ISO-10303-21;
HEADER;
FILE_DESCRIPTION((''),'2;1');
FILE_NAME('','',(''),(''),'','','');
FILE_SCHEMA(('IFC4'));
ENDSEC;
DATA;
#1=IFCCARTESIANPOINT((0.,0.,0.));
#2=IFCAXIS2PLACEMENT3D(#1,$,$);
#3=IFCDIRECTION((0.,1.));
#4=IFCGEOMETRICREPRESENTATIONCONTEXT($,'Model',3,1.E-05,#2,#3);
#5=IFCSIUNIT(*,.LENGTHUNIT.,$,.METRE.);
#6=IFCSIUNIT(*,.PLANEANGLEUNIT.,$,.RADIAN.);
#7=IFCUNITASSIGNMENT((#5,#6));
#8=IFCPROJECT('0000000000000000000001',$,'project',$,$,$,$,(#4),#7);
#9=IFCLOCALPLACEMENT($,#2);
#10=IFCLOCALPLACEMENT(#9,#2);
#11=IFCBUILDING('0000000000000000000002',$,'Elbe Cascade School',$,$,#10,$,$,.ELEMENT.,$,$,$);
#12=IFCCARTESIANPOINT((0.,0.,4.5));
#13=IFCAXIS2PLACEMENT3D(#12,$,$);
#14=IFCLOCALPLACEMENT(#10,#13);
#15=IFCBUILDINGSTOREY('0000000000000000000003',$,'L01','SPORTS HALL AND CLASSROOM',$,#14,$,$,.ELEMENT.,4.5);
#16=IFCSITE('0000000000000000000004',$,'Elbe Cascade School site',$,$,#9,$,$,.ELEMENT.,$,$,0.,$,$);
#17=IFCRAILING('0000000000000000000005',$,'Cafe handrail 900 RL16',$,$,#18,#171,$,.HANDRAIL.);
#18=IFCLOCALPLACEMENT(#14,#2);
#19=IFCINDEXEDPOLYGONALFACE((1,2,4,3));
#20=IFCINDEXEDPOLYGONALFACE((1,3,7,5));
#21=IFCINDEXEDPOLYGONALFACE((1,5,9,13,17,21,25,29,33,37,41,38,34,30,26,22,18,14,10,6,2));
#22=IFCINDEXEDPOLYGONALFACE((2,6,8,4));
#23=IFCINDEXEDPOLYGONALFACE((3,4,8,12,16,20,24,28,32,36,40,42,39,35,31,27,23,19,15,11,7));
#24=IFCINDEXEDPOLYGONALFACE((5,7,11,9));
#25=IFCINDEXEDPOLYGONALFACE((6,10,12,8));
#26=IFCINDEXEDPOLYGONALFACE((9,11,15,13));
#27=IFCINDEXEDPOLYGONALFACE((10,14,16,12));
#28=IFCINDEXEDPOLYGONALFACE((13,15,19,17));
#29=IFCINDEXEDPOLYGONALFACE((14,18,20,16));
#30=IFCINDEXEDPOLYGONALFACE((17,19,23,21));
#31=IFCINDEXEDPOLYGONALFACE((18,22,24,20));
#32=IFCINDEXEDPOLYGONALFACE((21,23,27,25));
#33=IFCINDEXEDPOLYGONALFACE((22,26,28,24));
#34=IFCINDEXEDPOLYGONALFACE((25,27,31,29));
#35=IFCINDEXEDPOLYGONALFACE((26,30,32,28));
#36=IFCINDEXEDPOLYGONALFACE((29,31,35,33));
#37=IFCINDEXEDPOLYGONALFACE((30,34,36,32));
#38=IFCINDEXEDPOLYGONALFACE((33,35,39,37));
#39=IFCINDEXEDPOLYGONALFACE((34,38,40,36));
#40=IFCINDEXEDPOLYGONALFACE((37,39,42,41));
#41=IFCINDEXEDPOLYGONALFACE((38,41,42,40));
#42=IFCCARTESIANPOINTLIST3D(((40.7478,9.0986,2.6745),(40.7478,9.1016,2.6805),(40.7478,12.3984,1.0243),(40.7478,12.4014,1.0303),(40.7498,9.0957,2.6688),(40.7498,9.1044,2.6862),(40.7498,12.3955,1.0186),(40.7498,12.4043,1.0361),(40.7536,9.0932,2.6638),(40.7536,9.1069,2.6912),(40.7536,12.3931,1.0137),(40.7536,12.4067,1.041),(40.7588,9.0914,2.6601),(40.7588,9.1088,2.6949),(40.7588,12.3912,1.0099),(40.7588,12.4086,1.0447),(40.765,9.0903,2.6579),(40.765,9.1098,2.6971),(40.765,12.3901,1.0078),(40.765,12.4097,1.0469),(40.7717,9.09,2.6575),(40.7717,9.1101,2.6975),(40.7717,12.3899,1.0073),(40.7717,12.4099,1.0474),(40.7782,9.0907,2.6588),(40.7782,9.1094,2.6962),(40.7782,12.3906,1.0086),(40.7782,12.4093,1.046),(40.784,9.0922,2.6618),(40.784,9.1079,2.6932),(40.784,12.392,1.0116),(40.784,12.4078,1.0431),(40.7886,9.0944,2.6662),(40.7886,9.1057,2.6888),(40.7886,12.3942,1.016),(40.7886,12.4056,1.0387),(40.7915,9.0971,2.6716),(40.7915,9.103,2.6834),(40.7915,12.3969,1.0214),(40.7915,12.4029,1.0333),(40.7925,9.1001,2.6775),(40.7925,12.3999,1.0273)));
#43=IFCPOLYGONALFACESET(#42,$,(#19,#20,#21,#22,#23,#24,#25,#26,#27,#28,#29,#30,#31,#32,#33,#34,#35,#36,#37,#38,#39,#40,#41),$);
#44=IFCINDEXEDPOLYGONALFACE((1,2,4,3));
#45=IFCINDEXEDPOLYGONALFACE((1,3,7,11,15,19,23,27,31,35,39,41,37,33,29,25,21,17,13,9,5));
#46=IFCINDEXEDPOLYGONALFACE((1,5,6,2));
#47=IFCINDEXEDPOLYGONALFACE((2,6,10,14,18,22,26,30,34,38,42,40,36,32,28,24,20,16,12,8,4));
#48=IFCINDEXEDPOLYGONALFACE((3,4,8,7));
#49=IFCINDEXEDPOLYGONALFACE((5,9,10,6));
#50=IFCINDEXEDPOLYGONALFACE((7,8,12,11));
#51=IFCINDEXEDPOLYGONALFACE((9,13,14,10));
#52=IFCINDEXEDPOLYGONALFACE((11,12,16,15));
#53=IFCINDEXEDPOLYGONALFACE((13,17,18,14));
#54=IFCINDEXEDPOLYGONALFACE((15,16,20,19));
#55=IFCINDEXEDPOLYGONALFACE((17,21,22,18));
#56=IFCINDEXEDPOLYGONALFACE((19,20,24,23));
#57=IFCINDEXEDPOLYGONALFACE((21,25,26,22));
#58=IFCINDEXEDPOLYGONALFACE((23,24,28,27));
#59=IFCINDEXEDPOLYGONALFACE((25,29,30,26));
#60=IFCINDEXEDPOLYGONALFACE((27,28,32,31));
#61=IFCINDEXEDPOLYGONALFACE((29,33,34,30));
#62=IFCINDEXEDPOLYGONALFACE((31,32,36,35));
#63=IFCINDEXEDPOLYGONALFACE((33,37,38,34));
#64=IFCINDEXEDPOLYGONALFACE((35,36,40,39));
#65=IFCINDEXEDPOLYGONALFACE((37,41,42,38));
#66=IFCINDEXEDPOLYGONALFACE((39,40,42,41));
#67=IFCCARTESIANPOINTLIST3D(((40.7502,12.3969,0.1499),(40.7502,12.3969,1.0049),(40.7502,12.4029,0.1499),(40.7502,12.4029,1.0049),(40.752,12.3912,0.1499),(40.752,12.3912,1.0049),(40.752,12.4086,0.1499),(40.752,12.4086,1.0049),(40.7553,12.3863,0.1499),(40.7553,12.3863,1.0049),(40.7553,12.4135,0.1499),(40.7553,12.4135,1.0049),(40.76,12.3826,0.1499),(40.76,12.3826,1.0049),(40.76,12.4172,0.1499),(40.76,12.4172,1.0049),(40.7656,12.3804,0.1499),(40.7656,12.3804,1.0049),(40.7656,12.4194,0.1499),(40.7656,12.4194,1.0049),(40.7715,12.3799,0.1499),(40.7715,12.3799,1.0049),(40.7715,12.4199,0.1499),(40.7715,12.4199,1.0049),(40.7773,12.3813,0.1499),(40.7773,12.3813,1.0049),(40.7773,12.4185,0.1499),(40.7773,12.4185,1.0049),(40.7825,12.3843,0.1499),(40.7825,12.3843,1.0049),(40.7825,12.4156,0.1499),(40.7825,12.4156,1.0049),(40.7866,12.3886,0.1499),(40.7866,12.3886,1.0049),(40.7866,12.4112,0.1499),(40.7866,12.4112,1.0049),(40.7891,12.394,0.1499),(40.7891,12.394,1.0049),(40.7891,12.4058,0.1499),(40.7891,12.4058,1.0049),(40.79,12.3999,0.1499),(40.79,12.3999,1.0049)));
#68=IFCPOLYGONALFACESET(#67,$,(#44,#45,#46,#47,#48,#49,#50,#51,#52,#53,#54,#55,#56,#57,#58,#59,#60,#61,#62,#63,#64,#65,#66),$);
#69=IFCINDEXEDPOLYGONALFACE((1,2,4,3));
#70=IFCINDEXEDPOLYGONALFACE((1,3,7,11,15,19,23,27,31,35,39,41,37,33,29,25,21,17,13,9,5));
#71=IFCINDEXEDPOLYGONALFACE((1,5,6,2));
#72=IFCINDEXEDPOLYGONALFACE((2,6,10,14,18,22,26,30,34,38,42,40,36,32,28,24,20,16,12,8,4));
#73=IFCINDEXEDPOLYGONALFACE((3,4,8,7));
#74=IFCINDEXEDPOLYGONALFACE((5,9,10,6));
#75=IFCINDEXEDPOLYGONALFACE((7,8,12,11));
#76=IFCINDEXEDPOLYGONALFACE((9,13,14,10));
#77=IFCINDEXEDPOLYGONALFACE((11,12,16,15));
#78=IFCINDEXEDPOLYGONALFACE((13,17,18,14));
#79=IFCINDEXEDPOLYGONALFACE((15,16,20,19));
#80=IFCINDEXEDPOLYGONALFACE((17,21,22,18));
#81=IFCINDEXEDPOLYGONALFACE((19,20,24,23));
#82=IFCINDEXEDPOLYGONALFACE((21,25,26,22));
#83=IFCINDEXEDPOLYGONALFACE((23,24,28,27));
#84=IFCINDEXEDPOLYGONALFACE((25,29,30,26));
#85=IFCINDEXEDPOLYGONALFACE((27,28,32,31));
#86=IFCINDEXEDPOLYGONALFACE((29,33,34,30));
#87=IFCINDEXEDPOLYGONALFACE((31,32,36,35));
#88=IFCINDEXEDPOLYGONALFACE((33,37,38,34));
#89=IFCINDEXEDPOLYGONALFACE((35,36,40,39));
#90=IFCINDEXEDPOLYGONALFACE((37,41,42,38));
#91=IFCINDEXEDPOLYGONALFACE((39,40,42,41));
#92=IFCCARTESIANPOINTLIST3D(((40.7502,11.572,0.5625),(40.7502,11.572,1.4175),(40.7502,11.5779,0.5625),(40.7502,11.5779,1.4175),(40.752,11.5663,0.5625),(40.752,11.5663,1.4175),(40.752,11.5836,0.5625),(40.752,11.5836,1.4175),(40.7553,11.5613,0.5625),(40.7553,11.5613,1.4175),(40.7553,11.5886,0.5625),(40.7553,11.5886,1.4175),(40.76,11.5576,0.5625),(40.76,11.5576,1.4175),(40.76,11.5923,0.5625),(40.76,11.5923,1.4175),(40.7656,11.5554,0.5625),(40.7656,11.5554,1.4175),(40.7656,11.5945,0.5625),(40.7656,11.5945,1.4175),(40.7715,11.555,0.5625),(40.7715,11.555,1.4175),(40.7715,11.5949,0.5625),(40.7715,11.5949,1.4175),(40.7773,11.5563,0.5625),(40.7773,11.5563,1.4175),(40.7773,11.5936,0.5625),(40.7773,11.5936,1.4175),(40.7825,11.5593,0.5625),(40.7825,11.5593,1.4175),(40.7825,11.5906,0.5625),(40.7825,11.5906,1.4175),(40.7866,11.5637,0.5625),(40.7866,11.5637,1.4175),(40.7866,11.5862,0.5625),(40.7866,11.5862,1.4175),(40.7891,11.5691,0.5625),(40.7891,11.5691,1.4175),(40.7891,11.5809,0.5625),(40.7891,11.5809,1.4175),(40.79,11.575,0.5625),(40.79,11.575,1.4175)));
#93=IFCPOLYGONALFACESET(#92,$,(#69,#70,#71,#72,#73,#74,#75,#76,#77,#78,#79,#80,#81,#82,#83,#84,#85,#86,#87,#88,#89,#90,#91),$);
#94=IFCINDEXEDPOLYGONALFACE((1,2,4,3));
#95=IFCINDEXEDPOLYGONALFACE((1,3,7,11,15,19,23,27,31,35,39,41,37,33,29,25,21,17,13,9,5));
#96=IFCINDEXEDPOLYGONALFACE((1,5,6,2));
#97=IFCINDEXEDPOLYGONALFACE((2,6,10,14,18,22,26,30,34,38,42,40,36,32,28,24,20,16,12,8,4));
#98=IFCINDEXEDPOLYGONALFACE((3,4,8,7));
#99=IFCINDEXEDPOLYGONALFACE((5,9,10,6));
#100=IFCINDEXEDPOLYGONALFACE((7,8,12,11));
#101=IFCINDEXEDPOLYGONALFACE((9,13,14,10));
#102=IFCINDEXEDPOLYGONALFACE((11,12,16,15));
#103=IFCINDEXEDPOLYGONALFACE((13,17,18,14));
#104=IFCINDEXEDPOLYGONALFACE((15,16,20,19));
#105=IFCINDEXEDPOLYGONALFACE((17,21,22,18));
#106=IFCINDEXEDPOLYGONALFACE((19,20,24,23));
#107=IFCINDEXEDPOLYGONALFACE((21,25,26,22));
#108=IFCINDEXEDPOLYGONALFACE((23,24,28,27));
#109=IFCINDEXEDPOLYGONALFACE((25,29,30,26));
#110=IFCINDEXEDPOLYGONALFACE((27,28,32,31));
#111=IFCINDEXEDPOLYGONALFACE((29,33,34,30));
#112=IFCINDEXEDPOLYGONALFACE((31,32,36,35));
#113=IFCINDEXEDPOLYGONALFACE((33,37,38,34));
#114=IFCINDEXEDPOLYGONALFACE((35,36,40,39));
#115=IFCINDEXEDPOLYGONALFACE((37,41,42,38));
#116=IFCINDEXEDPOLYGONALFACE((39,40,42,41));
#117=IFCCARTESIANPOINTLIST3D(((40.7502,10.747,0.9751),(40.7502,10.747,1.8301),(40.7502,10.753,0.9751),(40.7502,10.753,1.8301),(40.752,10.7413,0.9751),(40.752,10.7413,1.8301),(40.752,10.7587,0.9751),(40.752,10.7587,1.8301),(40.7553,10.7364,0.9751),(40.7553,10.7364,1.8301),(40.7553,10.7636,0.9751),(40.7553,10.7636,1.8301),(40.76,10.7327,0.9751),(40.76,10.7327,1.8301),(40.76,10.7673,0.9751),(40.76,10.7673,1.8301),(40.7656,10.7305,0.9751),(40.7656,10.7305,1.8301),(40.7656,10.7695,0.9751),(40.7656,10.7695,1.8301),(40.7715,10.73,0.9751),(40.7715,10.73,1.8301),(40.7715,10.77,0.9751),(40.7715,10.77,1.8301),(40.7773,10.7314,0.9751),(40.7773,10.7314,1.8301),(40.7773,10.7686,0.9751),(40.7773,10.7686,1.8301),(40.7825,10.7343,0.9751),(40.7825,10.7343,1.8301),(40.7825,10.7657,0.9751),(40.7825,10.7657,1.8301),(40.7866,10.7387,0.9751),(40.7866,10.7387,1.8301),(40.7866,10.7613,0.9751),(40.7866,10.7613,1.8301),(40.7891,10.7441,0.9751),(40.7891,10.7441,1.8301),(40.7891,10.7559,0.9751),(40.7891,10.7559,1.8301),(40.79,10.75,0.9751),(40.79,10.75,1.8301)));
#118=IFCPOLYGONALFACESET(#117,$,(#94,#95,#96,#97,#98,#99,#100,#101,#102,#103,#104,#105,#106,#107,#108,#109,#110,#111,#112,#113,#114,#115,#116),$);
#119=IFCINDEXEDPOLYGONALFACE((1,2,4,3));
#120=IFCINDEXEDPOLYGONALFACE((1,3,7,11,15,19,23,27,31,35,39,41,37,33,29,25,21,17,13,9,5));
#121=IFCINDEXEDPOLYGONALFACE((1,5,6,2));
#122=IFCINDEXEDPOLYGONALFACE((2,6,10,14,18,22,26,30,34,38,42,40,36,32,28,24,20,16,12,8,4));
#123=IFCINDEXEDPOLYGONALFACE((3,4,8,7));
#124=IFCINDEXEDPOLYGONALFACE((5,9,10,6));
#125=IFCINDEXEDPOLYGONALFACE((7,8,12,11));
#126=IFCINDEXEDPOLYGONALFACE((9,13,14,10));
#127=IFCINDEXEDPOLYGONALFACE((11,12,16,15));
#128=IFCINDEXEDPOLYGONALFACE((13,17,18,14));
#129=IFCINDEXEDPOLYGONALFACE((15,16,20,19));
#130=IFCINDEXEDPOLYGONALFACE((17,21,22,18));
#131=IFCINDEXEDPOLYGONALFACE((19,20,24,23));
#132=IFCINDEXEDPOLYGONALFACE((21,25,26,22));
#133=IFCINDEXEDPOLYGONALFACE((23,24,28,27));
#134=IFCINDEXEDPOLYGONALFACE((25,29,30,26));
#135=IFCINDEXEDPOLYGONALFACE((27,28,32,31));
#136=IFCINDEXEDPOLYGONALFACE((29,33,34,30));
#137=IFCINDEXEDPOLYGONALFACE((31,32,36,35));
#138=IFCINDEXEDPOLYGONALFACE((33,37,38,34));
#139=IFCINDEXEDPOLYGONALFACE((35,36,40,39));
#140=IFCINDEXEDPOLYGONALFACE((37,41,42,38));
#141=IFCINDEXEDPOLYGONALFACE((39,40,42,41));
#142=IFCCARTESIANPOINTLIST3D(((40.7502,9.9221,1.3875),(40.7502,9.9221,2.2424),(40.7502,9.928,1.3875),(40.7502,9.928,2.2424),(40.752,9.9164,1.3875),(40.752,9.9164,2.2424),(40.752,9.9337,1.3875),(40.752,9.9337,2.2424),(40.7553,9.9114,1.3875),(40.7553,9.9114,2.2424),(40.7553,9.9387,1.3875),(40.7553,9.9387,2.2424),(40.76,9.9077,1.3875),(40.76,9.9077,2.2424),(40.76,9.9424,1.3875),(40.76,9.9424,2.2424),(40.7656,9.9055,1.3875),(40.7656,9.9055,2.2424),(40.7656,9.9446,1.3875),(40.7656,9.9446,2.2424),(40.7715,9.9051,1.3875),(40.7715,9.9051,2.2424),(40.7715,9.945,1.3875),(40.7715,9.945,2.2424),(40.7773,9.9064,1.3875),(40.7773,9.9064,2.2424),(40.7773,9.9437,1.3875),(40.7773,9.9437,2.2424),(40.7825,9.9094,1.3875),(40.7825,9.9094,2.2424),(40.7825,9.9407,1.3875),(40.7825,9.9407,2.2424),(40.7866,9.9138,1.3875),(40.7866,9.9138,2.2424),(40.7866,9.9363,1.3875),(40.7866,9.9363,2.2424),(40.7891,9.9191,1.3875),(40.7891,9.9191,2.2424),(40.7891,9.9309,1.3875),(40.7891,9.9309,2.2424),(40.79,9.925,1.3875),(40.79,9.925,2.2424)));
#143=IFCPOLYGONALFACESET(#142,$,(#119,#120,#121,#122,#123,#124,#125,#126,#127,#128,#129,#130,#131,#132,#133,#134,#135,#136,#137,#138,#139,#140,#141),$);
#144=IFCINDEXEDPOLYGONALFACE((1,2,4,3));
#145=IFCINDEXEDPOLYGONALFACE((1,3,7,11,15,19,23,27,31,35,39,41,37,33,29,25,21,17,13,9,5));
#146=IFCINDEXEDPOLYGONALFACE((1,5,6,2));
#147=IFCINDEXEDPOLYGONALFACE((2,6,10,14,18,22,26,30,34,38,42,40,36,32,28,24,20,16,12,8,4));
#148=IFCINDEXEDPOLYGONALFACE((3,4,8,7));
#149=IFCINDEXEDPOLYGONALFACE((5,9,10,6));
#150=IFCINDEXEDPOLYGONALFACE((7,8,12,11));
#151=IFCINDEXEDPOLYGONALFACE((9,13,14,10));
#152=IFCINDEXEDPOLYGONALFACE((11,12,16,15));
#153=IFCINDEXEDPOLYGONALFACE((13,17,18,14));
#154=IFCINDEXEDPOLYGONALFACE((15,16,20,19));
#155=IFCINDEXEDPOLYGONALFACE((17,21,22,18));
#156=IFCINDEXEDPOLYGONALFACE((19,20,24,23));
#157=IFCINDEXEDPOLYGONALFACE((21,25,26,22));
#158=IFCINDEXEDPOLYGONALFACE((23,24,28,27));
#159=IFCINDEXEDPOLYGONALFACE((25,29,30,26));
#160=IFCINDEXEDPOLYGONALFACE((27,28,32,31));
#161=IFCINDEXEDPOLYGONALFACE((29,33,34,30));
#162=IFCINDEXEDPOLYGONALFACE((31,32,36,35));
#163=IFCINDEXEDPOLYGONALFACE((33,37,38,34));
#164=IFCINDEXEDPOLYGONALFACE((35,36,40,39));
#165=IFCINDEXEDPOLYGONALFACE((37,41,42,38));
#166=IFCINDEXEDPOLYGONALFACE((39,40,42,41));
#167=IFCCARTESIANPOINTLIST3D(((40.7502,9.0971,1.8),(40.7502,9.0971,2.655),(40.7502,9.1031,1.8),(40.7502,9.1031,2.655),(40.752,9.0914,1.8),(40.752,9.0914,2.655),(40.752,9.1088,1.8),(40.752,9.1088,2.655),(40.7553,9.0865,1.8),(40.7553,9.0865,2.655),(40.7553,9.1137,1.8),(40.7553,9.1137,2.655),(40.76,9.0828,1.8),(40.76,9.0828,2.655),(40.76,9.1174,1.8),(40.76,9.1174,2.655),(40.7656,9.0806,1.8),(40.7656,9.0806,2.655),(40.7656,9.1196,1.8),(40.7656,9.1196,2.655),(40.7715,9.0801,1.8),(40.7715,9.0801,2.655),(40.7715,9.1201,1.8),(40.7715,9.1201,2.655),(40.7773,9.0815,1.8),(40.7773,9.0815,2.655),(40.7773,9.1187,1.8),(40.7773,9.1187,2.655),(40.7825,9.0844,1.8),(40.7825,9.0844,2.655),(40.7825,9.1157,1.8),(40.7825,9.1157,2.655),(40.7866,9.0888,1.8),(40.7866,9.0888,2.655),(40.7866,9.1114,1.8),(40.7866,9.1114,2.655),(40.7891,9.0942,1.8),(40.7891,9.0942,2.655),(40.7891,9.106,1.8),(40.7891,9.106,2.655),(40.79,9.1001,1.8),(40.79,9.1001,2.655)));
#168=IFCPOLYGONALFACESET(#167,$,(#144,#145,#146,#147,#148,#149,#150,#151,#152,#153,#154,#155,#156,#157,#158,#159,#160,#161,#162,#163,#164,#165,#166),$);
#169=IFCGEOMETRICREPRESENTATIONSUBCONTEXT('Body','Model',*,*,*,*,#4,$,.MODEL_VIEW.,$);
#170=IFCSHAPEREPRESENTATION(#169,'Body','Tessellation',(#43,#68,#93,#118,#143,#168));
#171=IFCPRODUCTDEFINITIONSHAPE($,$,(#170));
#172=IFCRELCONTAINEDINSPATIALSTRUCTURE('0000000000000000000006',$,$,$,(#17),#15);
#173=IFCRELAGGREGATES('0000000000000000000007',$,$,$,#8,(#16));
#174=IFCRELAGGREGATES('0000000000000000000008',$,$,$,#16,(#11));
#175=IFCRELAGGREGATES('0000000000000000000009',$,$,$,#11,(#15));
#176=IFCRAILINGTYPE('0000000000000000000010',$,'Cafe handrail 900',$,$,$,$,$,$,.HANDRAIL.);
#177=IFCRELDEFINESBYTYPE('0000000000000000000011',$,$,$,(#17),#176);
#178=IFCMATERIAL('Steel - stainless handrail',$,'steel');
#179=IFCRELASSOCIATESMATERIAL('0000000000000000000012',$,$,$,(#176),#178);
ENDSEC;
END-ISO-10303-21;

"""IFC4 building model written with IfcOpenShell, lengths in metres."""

from ifc_helpers import new_model, si_unit, direction, frame, origin, origin_2d, place, context, subcontext, project, spatial, circle, extrude, material, type_object, element, save


model = new_model("IFC4")

# Units and contexts
model_context = context("Model", 3, precision=1e-05, world=origin(), true_north=direction((0.0, 1.0)))
body_context = subcontext(model_context, "Body", "Model", "MODEL_VIEW")
ifc_project = project(units=[si_unit("LENGTHUNIT", "METRE"), si_unit("PLANEANGLEUNIT", "RADIAN")], contexts=[model_context])

# Site, building, storey
site_placement = place(None, origin())
site = spatial("IfcSite", under=ifc_project, at=site_placement, Name="Elbe Cascade School site", CompositionType="ELEMENT", RefElevation=0.0)
building_placement = place(site_placement, origin())
building = spatial("IfcBuilding", under=site, at=building_placement, Name="Elbe Cascade School", CompositionType="ELEMENT")
storey_placement = place(building_placement, frame((0.0, 0.0, 4.5)))
storey = spatial("IfcBuildingStorey", under=building, at=storey_placement, Name="L01", Description="SPORTS HALL AND CLASSROOM", CompositionType="ELEMENT", Elevation=4.5)

# Railing
ifc_material_1 = material(Name="Steel - stainless handrail", Category="steel")
railing_type_1 = type_object("IfcRailingType", Name="Cafe handrail 900", PredefinedType="HANDRAIL", material=ifc_material_1)
for number, where, name in (
    (1, (40.77, 12.3999, 0.1499), "Cafe handrail 900 RL16"),
):
    element("IfcRailing", number, at=place(storey_placement, frame(where)), inside=storey, type_object=railing_type_1, Name=name, PredefinedType="HANDRAIL", context=body_context, shape_type="SweptSolid", body=[
        extrude(circle(Radius=0.0225, at=origin_2d()), frame((0.0, 0.0, 0.8774), z_axis=(0.0, -0.894401, 0.447267), x_axis=(1.0, 0.0, 0.0)), (0.0, 0.0, 1.0), 3.6895),
        extrude(circle(Radius=0.02, at=origin_2d()), origin(), (0.0, 0.0, 1.0), 0.855),
        extrude(circle(Radius=0.02, at=origin_2d()), frame((0.0, -0.825, 0.4126)), (0.0, 0.0, 1.0), 0.855),
        extrude(circle(Radius=0.02, at=origin_2d()), frame((0.0, -1.6499, 0.8252)), (0.0, 0.0, 1.0), 0.855),
        extrude(circle(Radius=0.02, at=origin_2d()), frame((0.0, -2.4749, 1.2375)), (0.0, 0.0, 1.0), 0.855),
        extrude(circle(Radius=0.02, at=origin_2d()), frame((0.0, -3.2998, 1.6501)), (0.0, 0.0, 1.0), 0.855),
    ])

save(model, "model.ifc")
